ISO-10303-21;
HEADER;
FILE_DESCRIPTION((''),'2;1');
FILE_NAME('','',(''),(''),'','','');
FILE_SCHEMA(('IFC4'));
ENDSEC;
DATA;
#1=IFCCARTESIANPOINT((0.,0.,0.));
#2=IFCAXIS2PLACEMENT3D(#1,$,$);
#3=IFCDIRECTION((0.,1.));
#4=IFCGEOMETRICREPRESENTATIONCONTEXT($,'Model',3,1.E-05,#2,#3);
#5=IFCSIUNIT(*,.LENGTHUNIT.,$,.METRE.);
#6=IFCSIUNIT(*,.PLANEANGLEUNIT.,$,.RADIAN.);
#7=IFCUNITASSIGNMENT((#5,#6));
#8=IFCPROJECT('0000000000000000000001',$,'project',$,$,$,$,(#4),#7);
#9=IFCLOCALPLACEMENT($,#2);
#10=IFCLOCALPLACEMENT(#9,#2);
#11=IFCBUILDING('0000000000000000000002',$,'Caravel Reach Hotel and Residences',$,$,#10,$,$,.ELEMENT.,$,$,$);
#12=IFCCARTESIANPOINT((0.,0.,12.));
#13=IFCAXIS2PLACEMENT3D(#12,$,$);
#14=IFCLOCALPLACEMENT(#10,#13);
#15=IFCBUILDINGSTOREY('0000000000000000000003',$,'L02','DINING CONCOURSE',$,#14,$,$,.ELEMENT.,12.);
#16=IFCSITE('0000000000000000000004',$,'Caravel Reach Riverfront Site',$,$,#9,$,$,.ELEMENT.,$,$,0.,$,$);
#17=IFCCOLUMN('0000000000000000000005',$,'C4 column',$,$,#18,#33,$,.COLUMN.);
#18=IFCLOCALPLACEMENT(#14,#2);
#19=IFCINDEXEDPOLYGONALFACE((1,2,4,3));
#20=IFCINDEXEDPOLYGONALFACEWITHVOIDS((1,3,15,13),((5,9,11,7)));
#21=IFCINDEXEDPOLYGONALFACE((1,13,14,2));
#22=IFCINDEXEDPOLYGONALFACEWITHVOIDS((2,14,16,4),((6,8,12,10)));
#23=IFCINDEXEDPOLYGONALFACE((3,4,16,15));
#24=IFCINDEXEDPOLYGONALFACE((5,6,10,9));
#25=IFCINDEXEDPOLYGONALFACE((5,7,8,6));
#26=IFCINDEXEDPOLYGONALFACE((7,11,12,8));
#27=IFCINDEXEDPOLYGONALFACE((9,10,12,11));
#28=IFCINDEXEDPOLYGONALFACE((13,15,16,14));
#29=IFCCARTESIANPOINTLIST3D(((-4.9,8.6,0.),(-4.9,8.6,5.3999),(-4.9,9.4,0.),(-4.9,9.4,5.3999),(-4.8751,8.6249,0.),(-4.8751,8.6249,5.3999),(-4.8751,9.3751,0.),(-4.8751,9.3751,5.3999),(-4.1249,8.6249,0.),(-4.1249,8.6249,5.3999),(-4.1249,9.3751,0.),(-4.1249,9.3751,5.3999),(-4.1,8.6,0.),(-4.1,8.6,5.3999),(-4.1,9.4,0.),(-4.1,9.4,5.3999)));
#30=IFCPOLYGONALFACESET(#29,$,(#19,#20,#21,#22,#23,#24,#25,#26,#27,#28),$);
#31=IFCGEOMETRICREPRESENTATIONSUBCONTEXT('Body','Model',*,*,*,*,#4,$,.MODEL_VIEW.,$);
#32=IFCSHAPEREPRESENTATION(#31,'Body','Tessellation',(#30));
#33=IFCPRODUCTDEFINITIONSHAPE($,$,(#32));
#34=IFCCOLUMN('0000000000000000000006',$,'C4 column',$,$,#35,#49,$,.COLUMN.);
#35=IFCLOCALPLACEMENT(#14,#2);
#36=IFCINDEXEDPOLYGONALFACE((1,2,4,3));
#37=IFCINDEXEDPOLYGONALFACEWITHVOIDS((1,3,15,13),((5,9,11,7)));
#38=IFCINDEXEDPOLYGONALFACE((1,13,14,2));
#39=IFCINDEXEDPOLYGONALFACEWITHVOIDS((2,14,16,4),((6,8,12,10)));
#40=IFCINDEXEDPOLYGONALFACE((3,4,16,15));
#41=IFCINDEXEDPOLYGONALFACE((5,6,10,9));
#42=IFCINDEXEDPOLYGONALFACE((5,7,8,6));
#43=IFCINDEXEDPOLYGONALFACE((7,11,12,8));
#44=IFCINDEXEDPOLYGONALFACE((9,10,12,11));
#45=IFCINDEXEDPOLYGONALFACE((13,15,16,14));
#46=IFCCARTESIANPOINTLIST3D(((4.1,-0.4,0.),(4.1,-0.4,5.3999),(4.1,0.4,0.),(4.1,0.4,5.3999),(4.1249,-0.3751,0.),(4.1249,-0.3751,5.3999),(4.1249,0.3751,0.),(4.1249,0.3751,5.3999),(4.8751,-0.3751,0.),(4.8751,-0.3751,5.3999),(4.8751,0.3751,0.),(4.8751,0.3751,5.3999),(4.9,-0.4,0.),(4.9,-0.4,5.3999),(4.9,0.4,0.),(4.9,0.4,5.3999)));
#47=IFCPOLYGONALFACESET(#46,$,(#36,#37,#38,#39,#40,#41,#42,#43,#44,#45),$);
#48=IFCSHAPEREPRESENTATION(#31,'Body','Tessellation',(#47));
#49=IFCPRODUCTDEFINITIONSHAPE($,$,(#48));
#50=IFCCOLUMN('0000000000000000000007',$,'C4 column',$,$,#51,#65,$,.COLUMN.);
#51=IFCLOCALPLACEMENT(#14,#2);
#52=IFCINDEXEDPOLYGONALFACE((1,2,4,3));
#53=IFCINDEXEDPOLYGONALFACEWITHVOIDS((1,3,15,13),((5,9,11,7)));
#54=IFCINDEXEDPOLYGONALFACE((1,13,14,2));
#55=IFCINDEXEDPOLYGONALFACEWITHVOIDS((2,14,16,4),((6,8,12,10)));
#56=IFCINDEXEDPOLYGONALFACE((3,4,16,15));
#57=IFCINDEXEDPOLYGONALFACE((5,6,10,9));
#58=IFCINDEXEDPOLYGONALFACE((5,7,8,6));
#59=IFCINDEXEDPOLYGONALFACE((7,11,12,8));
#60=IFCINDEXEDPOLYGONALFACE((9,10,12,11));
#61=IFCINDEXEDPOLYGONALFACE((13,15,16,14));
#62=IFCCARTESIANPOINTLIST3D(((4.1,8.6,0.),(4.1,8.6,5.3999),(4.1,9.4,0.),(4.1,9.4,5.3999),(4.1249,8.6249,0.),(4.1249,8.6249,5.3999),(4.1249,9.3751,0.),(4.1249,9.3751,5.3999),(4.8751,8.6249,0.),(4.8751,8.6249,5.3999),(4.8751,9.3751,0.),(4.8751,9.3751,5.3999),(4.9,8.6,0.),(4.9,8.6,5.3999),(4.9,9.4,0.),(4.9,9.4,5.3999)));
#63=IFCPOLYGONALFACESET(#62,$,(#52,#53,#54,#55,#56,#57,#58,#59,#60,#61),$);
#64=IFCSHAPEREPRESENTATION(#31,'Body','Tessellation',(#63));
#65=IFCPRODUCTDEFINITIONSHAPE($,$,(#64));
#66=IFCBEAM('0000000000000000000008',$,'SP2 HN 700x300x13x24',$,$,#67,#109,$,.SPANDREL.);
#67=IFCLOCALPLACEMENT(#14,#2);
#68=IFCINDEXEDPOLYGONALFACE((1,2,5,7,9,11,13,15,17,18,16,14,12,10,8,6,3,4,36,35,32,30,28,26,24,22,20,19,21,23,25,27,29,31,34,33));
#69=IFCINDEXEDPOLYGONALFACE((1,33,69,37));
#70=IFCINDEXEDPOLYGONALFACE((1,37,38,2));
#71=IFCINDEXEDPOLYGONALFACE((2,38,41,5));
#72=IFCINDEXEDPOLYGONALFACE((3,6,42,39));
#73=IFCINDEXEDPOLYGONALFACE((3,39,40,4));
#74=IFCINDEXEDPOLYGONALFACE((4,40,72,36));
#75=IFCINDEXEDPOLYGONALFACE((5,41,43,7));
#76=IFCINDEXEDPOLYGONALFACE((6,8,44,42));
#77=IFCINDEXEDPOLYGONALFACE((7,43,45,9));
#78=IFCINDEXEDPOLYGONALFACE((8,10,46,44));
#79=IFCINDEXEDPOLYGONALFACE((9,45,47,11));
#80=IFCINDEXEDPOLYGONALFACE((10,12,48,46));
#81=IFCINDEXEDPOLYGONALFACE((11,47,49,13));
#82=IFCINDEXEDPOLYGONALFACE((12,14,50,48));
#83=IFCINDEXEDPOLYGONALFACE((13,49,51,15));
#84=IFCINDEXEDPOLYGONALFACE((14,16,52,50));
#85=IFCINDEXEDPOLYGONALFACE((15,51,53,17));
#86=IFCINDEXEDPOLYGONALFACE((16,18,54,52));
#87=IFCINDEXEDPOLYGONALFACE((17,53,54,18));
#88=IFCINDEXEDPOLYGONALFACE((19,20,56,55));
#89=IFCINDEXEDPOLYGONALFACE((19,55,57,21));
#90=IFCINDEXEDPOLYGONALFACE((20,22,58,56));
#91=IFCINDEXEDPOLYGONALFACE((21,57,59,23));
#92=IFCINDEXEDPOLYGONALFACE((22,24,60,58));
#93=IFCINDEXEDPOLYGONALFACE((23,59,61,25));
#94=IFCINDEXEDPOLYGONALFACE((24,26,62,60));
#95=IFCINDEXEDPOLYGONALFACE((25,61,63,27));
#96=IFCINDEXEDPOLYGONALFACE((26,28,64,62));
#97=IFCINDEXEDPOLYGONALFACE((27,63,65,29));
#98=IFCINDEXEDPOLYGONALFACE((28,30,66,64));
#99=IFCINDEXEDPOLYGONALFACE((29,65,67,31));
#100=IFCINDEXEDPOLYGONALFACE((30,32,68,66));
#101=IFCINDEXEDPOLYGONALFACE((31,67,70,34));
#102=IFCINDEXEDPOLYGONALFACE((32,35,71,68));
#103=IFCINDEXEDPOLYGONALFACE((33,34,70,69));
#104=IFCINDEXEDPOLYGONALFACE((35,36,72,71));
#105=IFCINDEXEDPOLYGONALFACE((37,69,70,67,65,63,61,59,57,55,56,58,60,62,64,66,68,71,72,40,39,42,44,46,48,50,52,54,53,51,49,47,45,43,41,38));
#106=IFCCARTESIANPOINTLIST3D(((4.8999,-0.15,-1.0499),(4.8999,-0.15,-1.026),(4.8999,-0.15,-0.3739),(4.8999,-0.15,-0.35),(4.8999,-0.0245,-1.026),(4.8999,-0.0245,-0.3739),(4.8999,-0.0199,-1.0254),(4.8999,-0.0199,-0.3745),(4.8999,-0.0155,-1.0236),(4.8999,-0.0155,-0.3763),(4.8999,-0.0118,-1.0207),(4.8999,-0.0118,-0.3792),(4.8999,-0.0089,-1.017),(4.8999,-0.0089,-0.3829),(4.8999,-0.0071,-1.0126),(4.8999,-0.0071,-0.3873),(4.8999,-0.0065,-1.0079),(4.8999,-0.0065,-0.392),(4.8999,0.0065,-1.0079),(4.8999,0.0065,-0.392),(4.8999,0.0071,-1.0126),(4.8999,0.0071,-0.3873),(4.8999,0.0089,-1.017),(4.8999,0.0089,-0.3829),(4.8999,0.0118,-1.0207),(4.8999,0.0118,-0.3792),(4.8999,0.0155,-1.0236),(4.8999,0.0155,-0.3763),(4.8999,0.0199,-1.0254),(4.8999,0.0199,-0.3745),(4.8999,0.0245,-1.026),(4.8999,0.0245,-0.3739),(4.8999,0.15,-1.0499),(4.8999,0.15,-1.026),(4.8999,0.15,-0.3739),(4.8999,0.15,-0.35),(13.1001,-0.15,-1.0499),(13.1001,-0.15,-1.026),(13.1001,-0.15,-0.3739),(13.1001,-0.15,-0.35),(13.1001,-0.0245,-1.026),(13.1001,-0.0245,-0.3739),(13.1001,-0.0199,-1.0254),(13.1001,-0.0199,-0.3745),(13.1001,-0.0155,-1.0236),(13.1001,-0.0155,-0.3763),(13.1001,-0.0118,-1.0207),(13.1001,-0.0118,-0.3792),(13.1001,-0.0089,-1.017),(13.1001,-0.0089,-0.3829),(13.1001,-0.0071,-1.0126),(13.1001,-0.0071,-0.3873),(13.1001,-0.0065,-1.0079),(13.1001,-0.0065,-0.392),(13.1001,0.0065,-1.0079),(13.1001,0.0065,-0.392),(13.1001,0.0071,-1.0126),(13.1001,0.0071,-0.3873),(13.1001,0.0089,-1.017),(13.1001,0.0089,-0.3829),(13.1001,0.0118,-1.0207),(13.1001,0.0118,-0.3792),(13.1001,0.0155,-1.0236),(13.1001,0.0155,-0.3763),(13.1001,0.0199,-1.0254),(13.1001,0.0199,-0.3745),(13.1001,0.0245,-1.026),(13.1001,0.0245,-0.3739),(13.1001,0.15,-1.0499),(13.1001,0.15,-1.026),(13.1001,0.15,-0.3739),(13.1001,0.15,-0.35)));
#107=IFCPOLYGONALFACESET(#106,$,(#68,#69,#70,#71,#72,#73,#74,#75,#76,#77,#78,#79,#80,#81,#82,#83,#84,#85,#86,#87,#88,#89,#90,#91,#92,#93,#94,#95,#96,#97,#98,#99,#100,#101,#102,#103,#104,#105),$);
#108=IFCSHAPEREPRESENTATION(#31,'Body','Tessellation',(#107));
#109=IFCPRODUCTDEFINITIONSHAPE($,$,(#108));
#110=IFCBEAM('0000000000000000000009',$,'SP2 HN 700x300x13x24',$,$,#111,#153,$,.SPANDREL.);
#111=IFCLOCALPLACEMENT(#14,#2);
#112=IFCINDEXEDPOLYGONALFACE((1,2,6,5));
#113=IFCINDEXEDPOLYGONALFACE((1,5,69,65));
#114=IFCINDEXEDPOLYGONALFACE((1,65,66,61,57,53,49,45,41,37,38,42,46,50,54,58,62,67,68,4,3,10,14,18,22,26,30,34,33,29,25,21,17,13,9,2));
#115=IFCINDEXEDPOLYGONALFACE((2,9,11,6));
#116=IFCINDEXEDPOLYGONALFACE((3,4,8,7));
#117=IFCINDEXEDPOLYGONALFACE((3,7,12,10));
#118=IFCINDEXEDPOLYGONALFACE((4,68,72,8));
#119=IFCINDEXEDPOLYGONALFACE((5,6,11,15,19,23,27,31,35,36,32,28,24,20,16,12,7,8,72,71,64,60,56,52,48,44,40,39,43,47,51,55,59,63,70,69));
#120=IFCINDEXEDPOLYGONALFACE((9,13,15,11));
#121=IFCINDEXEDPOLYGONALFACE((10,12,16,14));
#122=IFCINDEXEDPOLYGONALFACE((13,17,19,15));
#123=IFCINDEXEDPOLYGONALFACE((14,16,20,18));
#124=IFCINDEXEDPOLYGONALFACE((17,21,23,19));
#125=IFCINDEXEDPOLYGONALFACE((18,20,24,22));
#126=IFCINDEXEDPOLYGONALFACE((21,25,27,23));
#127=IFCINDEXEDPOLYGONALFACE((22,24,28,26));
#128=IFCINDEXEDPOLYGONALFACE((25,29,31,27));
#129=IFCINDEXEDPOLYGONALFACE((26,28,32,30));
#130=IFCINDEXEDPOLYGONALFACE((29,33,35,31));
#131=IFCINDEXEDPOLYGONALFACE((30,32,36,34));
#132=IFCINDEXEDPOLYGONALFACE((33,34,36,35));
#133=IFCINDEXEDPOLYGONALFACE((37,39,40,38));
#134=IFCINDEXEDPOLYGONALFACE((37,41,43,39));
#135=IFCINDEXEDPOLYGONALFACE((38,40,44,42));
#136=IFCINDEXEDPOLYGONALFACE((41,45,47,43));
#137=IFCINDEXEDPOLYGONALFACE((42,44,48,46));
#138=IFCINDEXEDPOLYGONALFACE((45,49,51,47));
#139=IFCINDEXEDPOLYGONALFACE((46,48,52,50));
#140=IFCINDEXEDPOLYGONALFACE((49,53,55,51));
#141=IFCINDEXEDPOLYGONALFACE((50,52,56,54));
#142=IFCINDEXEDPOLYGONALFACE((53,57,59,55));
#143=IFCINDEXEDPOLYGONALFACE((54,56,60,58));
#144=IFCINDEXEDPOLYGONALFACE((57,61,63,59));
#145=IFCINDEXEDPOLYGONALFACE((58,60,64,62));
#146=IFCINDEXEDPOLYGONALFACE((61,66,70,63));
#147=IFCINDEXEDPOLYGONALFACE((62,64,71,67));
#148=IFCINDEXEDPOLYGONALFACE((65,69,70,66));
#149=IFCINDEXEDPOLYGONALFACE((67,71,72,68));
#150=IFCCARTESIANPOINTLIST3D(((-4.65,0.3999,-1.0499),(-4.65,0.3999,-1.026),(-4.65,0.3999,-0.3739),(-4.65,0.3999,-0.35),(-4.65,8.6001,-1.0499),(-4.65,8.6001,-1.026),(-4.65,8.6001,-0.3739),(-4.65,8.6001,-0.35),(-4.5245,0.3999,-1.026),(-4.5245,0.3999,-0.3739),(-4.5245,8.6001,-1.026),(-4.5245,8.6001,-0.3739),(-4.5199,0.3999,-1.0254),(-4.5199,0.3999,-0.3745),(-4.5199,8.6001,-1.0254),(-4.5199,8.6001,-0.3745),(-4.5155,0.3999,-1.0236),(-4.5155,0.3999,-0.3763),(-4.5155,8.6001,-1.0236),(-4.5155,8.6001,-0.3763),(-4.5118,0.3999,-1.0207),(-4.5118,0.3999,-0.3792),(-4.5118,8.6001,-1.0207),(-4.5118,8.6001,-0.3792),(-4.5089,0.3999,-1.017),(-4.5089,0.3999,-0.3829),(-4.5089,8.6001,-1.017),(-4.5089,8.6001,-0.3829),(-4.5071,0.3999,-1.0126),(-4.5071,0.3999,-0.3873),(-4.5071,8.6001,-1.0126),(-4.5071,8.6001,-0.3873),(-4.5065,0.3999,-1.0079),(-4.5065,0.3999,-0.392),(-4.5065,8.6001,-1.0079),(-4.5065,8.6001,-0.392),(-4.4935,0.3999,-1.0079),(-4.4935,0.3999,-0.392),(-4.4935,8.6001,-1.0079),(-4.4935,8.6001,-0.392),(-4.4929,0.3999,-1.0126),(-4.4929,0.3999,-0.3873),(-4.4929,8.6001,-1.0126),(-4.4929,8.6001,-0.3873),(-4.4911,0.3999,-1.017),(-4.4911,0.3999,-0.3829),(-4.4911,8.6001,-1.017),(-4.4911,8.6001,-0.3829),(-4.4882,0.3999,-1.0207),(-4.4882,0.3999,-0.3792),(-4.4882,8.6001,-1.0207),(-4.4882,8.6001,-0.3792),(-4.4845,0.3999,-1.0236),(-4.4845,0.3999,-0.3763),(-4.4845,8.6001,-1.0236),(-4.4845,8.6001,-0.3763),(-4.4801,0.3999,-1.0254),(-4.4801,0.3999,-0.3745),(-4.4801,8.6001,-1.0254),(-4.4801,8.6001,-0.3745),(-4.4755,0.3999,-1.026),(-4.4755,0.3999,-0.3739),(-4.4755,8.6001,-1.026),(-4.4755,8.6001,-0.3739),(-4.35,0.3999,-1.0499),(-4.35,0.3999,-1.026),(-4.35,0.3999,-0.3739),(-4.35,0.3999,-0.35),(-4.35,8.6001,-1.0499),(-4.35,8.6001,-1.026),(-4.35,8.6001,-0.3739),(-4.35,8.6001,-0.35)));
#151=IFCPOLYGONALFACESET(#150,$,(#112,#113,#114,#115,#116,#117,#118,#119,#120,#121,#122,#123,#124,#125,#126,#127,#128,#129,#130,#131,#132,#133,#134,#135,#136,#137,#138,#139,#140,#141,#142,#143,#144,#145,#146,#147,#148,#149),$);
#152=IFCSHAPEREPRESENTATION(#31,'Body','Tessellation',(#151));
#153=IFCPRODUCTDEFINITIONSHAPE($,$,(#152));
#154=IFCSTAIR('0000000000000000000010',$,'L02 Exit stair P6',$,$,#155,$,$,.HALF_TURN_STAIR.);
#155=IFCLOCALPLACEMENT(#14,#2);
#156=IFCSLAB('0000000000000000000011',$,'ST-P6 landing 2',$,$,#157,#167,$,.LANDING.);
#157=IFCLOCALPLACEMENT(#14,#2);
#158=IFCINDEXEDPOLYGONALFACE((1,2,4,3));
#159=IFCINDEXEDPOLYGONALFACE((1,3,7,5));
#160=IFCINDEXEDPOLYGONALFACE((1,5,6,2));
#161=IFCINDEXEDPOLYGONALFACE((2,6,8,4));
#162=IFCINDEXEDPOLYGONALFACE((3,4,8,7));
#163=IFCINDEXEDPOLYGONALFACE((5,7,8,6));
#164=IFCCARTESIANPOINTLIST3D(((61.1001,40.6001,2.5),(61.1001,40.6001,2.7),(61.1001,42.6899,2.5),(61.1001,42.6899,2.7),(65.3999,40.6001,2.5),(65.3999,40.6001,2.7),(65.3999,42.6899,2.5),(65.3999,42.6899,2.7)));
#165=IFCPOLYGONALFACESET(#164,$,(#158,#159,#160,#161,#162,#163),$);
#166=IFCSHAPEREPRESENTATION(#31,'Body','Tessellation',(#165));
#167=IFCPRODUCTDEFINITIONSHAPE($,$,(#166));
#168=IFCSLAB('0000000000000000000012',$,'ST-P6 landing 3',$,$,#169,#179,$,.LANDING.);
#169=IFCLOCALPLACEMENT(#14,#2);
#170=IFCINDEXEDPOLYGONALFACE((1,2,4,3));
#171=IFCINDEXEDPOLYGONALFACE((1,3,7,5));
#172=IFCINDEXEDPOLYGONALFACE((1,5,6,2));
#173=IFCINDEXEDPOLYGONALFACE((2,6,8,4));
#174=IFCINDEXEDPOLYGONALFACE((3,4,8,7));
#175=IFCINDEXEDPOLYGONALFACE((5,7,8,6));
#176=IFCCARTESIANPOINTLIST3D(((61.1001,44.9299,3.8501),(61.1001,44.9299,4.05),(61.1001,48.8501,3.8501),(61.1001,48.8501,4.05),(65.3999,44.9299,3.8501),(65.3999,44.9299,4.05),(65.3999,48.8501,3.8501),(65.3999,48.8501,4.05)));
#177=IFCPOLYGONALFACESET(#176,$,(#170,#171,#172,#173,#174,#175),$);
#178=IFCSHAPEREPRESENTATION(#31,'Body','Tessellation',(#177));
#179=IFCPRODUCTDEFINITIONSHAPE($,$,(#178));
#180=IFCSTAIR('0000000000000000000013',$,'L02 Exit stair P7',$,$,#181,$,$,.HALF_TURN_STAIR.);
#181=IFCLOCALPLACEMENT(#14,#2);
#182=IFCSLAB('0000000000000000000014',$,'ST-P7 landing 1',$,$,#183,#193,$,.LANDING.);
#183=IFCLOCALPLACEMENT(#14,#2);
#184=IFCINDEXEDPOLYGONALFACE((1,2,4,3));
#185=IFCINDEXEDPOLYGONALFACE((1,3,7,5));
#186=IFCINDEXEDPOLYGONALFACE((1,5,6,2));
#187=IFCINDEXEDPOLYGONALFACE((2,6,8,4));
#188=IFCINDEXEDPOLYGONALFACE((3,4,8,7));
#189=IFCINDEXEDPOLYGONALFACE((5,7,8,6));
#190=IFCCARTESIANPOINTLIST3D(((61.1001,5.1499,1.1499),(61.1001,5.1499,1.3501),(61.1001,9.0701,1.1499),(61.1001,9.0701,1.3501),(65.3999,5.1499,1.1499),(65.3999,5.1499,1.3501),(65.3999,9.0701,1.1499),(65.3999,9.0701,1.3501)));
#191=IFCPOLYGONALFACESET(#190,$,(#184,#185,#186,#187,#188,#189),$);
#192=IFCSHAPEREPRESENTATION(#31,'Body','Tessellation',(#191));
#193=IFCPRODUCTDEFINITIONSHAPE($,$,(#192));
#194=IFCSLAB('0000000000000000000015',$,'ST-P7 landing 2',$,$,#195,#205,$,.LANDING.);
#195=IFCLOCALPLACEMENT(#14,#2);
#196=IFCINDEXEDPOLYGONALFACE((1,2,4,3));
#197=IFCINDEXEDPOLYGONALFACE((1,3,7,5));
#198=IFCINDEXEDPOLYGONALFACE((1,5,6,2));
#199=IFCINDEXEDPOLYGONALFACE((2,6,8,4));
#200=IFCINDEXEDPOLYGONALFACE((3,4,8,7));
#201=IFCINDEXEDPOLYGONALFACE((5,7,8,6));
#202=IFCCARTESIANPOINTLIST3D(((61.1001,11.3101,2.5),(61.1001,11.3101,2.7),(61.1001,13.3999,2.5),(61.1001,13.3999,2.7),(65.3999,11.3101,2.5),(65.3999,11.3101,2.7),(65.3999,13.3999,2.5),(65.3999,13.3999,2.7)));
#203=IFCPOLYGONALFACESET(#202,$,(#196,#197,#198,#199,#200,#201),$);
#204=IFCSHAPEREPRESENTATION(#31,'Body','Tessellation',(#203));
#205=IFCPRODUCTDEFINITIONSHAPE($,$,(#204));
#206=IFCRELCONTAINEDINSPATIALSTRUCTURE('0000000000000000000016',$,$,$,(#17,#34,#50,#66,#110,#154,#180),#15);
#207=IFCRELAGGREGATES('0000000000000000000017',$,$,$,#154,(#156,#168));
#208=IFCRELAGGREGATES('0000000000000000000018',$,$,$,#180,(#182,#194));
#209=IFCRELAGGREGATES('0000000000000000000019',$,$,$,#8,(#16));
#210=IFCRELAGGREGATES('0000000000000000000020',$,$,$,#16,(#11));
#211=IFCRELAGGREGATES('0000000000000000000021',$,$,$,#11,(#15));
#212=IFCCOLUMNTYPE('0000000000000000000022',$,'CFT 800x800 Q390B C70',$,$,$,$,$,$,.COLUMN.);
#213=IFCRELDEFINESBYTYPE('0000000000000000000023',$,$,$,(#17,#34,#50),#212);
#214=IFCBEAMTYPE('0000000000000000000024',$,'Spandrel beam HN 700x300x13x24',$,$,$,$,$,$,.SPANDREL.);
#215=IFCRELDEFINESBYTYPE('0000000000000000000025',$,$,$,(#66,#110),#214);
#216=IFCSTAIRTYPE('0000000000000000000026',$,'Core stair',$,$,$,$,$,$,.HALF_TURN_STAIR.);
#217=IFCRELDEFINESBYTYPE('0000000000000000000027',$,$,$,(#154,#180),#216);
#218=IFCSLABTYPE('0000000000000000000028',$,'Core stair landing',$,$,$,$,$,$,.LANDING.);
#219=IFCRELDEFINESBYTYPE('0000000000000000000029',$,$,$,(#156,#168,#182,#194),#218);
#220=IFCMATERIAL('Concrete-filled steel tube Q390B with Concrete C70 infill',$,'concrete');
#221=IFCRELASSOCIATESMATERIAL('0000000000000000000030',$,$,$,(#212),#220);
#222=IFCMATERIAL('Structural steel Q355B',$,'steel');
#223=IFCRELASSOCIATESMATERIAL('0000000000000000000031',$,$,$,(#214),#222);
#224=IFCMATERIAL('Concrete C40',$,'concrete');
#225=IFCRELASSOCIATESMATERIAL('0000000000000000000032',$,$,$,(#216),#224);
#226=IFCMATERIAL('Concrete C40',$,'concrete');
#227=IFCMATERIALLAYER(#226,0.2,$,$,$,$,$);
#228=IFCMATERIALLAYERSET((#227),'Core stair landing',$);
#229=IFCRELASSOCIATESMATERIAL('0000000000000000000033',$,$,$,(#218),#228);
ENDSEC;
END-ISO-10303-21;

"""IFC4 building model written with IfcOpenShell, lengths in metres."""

from ifc_helpers import new_model, si_unit, direction, frame, origin, origin_2d, place, context, subcontext, project, spatial, polyline, hollow_rectangle, i_section, outline, extrude, material, layer, layer_set, material_profile, profile_set, type_object, element, aggregate, save


model = new_model("IFC4")

# Units and contexts
model_context = context("Model", 3, precision=1e-05, world=origin(), true_north=direction((0.0, 1.0)))
body_context = subcontext(model_context, "Body", "Model", "MODEL_VIEW")
ifc_project = project(units=[si_unit("LENGTHUNIT", "METRE"), si_unit("PLANEANGLEUNIT", "RADIAN")], contexts=[model_context])

# Site, building, storey
site_placement = place(None, origin())
site = spatial("IfcSite", under=ifc_project, at=site_placement, Name="Caravel Reach Riverfront Site", CompositionType="ELEMENT", RefElevation=0.0)
building_placement = place(site_placement, origin())
building = spatial("IfcBuilding", under=site, at=building_placement, Name="Caravel Reach Hotel and Residences", CompositionType="ELEMENT")
storey_placement = place(building_placement, frame((0.0, 0.0, 12.0)))
storey = spatial("IfcBuildingStorey", under=building, at=storey_placement, Name="L02", Description="DINING CONCOURSE", CompositionType="ELEMENT", Elevation=12.0)

# Columns
ifc_material_1 = material(Name="Concrete-filled steel tube Q390B with Concrete C70 infill", Category="concrete")
ifc_material_profile_1 = material_profile(ifc_material_1, hollow_rectangle(XDim=0.8, YDim=0.8, WallThickness=0.0249, at=origin_2d()), Name="RHS 800x800x25")
ifc_profile_set_1 = profile_set([ifc_material_profile_1], Name="Concrete-filled steel tube Q390B with Concrete C70 infill")
column_type = type_object("IfcColumnType", Name="CFT 800x800 Q390B C70", PredefinedType="COLUMN", material=ifc_profile_set_1)
for number, where, z_axis, x_axis, name in (
    (1, (-4.5, 9.0, 0.0), (0.0, 0.0, 1.0), (1.0, 0.0, 0.0), "C4 column"),
    (2, (4.5, 0.0, 0.0), (0.0, 0.0, 1.0), (1.0, 0.0, 0.0), "C4 column"),
    (3, (4.5, 9.0, 0.0), (0.0, 0.0, 1.0), (1.0, 0.0, 0.0), "C4 column"),
):
    element("IfcColumn", number, at=place(storey_placement, frame(where, z_axis=z_axis, x_axis=x_axis)), inside=storey, type_object=column_type, Name=name, PredefinedType="COLUMN", context=body_context, shape_type="SweptSolid", body=[
        extrude(hollow_rectangle(XDim=0.8, YDim=0.8, WallThickness=0.0249, at=origin_2d()), origin(), (0.0, 0.0, 1.0), 5.3999),
    ])

# Beams
ifc_material_2 = material(Name="Structural steel Q355B", Category="steel")
ifc_material_profile_2 = material_profile(ifc_material_2, i_section(OverallWidth=0.3, OverallDepth=0.7, WebThickness=0.0129, FlangeThickness=0.0239, FilletRadius=0.0181, at=origin_2d()), Name="HN 700x300x13x24")
ifc_profile_set_2 = profile_set([ifc_material_profile_2], Name="Structural steel Q355B")
beam_type = type_object("IfcBeamType", Name="Spandrel beam HN 700x300x13x24", PredefinedType="SPANDREL", material=ifc_profile_set_2)
for number, where, z_axis, x_axis, name in (
    (4, (4.8999, 0.0, -0.7), (1.0, 0.0, 0.0), (0.0, 1.0, 0.0), "SP2 HN 700x300x13x24"),
    (5, (-4.5, 8.6001, -0.7), (0.0, -1.0, 0.0), (1.0, 0.0, 0.0), "SP2 HN 700x300x13x24"),
):
    element("IfcBeam", number, at=place(storey_placement, frame(where, z_axis=z_axis, x_axis=x_axis)), inside=storey, type_object=beam_type, Name=name, PredefinedType="SPANDREL", context=body_context, shape_type="SweptSolid", body=[
        extrude(i_section(OverallWidth=0.3, OverallDepth=0.7, WebThickness=0.0129, FlangeThickness=0.0239, FilletRadius=0.0181, at=origin_2d()), origin(), (0.0, 0.0, 1.0), 8.2002),
    ])

# Stairs, slabs
ifc_material_3 = material(Name="Concrete C40", Category="concrete")
stair_type = type_object("IfcStairType", Name="Core stair", PredefinedType="HALF_TURN_STAIR", material=ifc_material_3)
stair_1_placement = place(storey_placement, origin())
stair_1 = element("IfcStair", 6, at=stair_1_placement, inside=storey, type_object=stair_type, Name="L02 Exit stair P6", PredefinedType="HALF_TURN_STAIR")
ifc_material_4 = material(Name="Concrete C40", Category="concrete")
ifc_layer_1 = layer(ifc_material_4, 0.2)
ifc_layer_set_1 = layer_set([ifc_layer_1], Name="Core stair landing")
slab_type = type_object("IfcSlabType", Name="Core stair landing", PredefinedType="LANDING", material=ifc_layer_set_1)
slab_1_placement = place(storey_placement, frame((0.0, 0.0, 2.5)))
slab_1 = element("IfcSlab", 7, at=slab_1_placement, type_object=slab_type, Name="ST-P6 landing 2", PredefinedType="LANDING", context=body_context, shape_type="SweptSolid", body=[
    extrude(outline(polyline([(65.3999, 40.6001), (65.3999, 42.6899), (61.1001, 42.6899), (61.1001, 40.6001), (65.3999, 40.6001)])), origin(), (0.0, 0.0, 1.0), 0.2),
])
slab_2_placement = place(storey_placement, frame((0.0, 0.0, 3.8501)))
slab_2 = element("IfcSlab", 8, at=slab_2_placement, type_object=slab_type, Name="ST-P6 landing 3", PredefinedType="LANDING", context=body_context, shape_type="SweptSolid", body=[
    extrude(outline(polyline([(65.3999, 44.9299), (65.3999, 48.8501), (61.1001, 48.8501), (61.1001, 44.9299), (65.3999, 44.9299)])), origin(), (0.0, 0.0, 1.0), 0.2),
])
aggregate(stair_1, [slab_1, slab_2])
stair_2_placement = place(storey_placement, origin())
stair_2 = element("IfcStair", 9, at=stair_2_placement, inside=storey, type_object=stair_type, Name="L02 Exit stair P7", PredefinedType="HALF_TURN_STAIR")
slab_3_placement = place(storey_placement, frame((0.0, 0.0, 1.1499)))
slab_3 = element("IfcSlab", 10, at=slab_3_placement, type_object=slab_type, Name="ST-P7 landing 1", PredefinedType="LANDING", context=body_context, shape_type="SweptSolid", body=[
    extrude(outline(polyline([(61.1001, 9.0701), (61.1001, 5.1499), (65.3999, 5.1499), (65.3999, 9.0701), (61.1001, 9.0701)])), origin(), (0.0, 0.0, 1.0), 0.2002),
])
slab_4_placement = place(storey_placement, frame((0.0, 0.0, 2.5)))
slab_4 = element("IfcSlab", 11, at=slab_4_placement, type_object=slab_type, Name="ST-P7 landing 2", PredefinedType="LANDING", context=body_context, shape_type="SweptSolid", body=[
    extrude(outline(polyline([(61.1001, 13.3999), (61.1001, 11.3101), (65.3999, 11.3101), (65.3999, 13.3999), (61.1001, 13.3999)])), origin(), (0.0, 0.0, 1.0), 0.2),
])
aggregate(stair_2, [slab_3, slab_4])

save(model, "model.ifc")
